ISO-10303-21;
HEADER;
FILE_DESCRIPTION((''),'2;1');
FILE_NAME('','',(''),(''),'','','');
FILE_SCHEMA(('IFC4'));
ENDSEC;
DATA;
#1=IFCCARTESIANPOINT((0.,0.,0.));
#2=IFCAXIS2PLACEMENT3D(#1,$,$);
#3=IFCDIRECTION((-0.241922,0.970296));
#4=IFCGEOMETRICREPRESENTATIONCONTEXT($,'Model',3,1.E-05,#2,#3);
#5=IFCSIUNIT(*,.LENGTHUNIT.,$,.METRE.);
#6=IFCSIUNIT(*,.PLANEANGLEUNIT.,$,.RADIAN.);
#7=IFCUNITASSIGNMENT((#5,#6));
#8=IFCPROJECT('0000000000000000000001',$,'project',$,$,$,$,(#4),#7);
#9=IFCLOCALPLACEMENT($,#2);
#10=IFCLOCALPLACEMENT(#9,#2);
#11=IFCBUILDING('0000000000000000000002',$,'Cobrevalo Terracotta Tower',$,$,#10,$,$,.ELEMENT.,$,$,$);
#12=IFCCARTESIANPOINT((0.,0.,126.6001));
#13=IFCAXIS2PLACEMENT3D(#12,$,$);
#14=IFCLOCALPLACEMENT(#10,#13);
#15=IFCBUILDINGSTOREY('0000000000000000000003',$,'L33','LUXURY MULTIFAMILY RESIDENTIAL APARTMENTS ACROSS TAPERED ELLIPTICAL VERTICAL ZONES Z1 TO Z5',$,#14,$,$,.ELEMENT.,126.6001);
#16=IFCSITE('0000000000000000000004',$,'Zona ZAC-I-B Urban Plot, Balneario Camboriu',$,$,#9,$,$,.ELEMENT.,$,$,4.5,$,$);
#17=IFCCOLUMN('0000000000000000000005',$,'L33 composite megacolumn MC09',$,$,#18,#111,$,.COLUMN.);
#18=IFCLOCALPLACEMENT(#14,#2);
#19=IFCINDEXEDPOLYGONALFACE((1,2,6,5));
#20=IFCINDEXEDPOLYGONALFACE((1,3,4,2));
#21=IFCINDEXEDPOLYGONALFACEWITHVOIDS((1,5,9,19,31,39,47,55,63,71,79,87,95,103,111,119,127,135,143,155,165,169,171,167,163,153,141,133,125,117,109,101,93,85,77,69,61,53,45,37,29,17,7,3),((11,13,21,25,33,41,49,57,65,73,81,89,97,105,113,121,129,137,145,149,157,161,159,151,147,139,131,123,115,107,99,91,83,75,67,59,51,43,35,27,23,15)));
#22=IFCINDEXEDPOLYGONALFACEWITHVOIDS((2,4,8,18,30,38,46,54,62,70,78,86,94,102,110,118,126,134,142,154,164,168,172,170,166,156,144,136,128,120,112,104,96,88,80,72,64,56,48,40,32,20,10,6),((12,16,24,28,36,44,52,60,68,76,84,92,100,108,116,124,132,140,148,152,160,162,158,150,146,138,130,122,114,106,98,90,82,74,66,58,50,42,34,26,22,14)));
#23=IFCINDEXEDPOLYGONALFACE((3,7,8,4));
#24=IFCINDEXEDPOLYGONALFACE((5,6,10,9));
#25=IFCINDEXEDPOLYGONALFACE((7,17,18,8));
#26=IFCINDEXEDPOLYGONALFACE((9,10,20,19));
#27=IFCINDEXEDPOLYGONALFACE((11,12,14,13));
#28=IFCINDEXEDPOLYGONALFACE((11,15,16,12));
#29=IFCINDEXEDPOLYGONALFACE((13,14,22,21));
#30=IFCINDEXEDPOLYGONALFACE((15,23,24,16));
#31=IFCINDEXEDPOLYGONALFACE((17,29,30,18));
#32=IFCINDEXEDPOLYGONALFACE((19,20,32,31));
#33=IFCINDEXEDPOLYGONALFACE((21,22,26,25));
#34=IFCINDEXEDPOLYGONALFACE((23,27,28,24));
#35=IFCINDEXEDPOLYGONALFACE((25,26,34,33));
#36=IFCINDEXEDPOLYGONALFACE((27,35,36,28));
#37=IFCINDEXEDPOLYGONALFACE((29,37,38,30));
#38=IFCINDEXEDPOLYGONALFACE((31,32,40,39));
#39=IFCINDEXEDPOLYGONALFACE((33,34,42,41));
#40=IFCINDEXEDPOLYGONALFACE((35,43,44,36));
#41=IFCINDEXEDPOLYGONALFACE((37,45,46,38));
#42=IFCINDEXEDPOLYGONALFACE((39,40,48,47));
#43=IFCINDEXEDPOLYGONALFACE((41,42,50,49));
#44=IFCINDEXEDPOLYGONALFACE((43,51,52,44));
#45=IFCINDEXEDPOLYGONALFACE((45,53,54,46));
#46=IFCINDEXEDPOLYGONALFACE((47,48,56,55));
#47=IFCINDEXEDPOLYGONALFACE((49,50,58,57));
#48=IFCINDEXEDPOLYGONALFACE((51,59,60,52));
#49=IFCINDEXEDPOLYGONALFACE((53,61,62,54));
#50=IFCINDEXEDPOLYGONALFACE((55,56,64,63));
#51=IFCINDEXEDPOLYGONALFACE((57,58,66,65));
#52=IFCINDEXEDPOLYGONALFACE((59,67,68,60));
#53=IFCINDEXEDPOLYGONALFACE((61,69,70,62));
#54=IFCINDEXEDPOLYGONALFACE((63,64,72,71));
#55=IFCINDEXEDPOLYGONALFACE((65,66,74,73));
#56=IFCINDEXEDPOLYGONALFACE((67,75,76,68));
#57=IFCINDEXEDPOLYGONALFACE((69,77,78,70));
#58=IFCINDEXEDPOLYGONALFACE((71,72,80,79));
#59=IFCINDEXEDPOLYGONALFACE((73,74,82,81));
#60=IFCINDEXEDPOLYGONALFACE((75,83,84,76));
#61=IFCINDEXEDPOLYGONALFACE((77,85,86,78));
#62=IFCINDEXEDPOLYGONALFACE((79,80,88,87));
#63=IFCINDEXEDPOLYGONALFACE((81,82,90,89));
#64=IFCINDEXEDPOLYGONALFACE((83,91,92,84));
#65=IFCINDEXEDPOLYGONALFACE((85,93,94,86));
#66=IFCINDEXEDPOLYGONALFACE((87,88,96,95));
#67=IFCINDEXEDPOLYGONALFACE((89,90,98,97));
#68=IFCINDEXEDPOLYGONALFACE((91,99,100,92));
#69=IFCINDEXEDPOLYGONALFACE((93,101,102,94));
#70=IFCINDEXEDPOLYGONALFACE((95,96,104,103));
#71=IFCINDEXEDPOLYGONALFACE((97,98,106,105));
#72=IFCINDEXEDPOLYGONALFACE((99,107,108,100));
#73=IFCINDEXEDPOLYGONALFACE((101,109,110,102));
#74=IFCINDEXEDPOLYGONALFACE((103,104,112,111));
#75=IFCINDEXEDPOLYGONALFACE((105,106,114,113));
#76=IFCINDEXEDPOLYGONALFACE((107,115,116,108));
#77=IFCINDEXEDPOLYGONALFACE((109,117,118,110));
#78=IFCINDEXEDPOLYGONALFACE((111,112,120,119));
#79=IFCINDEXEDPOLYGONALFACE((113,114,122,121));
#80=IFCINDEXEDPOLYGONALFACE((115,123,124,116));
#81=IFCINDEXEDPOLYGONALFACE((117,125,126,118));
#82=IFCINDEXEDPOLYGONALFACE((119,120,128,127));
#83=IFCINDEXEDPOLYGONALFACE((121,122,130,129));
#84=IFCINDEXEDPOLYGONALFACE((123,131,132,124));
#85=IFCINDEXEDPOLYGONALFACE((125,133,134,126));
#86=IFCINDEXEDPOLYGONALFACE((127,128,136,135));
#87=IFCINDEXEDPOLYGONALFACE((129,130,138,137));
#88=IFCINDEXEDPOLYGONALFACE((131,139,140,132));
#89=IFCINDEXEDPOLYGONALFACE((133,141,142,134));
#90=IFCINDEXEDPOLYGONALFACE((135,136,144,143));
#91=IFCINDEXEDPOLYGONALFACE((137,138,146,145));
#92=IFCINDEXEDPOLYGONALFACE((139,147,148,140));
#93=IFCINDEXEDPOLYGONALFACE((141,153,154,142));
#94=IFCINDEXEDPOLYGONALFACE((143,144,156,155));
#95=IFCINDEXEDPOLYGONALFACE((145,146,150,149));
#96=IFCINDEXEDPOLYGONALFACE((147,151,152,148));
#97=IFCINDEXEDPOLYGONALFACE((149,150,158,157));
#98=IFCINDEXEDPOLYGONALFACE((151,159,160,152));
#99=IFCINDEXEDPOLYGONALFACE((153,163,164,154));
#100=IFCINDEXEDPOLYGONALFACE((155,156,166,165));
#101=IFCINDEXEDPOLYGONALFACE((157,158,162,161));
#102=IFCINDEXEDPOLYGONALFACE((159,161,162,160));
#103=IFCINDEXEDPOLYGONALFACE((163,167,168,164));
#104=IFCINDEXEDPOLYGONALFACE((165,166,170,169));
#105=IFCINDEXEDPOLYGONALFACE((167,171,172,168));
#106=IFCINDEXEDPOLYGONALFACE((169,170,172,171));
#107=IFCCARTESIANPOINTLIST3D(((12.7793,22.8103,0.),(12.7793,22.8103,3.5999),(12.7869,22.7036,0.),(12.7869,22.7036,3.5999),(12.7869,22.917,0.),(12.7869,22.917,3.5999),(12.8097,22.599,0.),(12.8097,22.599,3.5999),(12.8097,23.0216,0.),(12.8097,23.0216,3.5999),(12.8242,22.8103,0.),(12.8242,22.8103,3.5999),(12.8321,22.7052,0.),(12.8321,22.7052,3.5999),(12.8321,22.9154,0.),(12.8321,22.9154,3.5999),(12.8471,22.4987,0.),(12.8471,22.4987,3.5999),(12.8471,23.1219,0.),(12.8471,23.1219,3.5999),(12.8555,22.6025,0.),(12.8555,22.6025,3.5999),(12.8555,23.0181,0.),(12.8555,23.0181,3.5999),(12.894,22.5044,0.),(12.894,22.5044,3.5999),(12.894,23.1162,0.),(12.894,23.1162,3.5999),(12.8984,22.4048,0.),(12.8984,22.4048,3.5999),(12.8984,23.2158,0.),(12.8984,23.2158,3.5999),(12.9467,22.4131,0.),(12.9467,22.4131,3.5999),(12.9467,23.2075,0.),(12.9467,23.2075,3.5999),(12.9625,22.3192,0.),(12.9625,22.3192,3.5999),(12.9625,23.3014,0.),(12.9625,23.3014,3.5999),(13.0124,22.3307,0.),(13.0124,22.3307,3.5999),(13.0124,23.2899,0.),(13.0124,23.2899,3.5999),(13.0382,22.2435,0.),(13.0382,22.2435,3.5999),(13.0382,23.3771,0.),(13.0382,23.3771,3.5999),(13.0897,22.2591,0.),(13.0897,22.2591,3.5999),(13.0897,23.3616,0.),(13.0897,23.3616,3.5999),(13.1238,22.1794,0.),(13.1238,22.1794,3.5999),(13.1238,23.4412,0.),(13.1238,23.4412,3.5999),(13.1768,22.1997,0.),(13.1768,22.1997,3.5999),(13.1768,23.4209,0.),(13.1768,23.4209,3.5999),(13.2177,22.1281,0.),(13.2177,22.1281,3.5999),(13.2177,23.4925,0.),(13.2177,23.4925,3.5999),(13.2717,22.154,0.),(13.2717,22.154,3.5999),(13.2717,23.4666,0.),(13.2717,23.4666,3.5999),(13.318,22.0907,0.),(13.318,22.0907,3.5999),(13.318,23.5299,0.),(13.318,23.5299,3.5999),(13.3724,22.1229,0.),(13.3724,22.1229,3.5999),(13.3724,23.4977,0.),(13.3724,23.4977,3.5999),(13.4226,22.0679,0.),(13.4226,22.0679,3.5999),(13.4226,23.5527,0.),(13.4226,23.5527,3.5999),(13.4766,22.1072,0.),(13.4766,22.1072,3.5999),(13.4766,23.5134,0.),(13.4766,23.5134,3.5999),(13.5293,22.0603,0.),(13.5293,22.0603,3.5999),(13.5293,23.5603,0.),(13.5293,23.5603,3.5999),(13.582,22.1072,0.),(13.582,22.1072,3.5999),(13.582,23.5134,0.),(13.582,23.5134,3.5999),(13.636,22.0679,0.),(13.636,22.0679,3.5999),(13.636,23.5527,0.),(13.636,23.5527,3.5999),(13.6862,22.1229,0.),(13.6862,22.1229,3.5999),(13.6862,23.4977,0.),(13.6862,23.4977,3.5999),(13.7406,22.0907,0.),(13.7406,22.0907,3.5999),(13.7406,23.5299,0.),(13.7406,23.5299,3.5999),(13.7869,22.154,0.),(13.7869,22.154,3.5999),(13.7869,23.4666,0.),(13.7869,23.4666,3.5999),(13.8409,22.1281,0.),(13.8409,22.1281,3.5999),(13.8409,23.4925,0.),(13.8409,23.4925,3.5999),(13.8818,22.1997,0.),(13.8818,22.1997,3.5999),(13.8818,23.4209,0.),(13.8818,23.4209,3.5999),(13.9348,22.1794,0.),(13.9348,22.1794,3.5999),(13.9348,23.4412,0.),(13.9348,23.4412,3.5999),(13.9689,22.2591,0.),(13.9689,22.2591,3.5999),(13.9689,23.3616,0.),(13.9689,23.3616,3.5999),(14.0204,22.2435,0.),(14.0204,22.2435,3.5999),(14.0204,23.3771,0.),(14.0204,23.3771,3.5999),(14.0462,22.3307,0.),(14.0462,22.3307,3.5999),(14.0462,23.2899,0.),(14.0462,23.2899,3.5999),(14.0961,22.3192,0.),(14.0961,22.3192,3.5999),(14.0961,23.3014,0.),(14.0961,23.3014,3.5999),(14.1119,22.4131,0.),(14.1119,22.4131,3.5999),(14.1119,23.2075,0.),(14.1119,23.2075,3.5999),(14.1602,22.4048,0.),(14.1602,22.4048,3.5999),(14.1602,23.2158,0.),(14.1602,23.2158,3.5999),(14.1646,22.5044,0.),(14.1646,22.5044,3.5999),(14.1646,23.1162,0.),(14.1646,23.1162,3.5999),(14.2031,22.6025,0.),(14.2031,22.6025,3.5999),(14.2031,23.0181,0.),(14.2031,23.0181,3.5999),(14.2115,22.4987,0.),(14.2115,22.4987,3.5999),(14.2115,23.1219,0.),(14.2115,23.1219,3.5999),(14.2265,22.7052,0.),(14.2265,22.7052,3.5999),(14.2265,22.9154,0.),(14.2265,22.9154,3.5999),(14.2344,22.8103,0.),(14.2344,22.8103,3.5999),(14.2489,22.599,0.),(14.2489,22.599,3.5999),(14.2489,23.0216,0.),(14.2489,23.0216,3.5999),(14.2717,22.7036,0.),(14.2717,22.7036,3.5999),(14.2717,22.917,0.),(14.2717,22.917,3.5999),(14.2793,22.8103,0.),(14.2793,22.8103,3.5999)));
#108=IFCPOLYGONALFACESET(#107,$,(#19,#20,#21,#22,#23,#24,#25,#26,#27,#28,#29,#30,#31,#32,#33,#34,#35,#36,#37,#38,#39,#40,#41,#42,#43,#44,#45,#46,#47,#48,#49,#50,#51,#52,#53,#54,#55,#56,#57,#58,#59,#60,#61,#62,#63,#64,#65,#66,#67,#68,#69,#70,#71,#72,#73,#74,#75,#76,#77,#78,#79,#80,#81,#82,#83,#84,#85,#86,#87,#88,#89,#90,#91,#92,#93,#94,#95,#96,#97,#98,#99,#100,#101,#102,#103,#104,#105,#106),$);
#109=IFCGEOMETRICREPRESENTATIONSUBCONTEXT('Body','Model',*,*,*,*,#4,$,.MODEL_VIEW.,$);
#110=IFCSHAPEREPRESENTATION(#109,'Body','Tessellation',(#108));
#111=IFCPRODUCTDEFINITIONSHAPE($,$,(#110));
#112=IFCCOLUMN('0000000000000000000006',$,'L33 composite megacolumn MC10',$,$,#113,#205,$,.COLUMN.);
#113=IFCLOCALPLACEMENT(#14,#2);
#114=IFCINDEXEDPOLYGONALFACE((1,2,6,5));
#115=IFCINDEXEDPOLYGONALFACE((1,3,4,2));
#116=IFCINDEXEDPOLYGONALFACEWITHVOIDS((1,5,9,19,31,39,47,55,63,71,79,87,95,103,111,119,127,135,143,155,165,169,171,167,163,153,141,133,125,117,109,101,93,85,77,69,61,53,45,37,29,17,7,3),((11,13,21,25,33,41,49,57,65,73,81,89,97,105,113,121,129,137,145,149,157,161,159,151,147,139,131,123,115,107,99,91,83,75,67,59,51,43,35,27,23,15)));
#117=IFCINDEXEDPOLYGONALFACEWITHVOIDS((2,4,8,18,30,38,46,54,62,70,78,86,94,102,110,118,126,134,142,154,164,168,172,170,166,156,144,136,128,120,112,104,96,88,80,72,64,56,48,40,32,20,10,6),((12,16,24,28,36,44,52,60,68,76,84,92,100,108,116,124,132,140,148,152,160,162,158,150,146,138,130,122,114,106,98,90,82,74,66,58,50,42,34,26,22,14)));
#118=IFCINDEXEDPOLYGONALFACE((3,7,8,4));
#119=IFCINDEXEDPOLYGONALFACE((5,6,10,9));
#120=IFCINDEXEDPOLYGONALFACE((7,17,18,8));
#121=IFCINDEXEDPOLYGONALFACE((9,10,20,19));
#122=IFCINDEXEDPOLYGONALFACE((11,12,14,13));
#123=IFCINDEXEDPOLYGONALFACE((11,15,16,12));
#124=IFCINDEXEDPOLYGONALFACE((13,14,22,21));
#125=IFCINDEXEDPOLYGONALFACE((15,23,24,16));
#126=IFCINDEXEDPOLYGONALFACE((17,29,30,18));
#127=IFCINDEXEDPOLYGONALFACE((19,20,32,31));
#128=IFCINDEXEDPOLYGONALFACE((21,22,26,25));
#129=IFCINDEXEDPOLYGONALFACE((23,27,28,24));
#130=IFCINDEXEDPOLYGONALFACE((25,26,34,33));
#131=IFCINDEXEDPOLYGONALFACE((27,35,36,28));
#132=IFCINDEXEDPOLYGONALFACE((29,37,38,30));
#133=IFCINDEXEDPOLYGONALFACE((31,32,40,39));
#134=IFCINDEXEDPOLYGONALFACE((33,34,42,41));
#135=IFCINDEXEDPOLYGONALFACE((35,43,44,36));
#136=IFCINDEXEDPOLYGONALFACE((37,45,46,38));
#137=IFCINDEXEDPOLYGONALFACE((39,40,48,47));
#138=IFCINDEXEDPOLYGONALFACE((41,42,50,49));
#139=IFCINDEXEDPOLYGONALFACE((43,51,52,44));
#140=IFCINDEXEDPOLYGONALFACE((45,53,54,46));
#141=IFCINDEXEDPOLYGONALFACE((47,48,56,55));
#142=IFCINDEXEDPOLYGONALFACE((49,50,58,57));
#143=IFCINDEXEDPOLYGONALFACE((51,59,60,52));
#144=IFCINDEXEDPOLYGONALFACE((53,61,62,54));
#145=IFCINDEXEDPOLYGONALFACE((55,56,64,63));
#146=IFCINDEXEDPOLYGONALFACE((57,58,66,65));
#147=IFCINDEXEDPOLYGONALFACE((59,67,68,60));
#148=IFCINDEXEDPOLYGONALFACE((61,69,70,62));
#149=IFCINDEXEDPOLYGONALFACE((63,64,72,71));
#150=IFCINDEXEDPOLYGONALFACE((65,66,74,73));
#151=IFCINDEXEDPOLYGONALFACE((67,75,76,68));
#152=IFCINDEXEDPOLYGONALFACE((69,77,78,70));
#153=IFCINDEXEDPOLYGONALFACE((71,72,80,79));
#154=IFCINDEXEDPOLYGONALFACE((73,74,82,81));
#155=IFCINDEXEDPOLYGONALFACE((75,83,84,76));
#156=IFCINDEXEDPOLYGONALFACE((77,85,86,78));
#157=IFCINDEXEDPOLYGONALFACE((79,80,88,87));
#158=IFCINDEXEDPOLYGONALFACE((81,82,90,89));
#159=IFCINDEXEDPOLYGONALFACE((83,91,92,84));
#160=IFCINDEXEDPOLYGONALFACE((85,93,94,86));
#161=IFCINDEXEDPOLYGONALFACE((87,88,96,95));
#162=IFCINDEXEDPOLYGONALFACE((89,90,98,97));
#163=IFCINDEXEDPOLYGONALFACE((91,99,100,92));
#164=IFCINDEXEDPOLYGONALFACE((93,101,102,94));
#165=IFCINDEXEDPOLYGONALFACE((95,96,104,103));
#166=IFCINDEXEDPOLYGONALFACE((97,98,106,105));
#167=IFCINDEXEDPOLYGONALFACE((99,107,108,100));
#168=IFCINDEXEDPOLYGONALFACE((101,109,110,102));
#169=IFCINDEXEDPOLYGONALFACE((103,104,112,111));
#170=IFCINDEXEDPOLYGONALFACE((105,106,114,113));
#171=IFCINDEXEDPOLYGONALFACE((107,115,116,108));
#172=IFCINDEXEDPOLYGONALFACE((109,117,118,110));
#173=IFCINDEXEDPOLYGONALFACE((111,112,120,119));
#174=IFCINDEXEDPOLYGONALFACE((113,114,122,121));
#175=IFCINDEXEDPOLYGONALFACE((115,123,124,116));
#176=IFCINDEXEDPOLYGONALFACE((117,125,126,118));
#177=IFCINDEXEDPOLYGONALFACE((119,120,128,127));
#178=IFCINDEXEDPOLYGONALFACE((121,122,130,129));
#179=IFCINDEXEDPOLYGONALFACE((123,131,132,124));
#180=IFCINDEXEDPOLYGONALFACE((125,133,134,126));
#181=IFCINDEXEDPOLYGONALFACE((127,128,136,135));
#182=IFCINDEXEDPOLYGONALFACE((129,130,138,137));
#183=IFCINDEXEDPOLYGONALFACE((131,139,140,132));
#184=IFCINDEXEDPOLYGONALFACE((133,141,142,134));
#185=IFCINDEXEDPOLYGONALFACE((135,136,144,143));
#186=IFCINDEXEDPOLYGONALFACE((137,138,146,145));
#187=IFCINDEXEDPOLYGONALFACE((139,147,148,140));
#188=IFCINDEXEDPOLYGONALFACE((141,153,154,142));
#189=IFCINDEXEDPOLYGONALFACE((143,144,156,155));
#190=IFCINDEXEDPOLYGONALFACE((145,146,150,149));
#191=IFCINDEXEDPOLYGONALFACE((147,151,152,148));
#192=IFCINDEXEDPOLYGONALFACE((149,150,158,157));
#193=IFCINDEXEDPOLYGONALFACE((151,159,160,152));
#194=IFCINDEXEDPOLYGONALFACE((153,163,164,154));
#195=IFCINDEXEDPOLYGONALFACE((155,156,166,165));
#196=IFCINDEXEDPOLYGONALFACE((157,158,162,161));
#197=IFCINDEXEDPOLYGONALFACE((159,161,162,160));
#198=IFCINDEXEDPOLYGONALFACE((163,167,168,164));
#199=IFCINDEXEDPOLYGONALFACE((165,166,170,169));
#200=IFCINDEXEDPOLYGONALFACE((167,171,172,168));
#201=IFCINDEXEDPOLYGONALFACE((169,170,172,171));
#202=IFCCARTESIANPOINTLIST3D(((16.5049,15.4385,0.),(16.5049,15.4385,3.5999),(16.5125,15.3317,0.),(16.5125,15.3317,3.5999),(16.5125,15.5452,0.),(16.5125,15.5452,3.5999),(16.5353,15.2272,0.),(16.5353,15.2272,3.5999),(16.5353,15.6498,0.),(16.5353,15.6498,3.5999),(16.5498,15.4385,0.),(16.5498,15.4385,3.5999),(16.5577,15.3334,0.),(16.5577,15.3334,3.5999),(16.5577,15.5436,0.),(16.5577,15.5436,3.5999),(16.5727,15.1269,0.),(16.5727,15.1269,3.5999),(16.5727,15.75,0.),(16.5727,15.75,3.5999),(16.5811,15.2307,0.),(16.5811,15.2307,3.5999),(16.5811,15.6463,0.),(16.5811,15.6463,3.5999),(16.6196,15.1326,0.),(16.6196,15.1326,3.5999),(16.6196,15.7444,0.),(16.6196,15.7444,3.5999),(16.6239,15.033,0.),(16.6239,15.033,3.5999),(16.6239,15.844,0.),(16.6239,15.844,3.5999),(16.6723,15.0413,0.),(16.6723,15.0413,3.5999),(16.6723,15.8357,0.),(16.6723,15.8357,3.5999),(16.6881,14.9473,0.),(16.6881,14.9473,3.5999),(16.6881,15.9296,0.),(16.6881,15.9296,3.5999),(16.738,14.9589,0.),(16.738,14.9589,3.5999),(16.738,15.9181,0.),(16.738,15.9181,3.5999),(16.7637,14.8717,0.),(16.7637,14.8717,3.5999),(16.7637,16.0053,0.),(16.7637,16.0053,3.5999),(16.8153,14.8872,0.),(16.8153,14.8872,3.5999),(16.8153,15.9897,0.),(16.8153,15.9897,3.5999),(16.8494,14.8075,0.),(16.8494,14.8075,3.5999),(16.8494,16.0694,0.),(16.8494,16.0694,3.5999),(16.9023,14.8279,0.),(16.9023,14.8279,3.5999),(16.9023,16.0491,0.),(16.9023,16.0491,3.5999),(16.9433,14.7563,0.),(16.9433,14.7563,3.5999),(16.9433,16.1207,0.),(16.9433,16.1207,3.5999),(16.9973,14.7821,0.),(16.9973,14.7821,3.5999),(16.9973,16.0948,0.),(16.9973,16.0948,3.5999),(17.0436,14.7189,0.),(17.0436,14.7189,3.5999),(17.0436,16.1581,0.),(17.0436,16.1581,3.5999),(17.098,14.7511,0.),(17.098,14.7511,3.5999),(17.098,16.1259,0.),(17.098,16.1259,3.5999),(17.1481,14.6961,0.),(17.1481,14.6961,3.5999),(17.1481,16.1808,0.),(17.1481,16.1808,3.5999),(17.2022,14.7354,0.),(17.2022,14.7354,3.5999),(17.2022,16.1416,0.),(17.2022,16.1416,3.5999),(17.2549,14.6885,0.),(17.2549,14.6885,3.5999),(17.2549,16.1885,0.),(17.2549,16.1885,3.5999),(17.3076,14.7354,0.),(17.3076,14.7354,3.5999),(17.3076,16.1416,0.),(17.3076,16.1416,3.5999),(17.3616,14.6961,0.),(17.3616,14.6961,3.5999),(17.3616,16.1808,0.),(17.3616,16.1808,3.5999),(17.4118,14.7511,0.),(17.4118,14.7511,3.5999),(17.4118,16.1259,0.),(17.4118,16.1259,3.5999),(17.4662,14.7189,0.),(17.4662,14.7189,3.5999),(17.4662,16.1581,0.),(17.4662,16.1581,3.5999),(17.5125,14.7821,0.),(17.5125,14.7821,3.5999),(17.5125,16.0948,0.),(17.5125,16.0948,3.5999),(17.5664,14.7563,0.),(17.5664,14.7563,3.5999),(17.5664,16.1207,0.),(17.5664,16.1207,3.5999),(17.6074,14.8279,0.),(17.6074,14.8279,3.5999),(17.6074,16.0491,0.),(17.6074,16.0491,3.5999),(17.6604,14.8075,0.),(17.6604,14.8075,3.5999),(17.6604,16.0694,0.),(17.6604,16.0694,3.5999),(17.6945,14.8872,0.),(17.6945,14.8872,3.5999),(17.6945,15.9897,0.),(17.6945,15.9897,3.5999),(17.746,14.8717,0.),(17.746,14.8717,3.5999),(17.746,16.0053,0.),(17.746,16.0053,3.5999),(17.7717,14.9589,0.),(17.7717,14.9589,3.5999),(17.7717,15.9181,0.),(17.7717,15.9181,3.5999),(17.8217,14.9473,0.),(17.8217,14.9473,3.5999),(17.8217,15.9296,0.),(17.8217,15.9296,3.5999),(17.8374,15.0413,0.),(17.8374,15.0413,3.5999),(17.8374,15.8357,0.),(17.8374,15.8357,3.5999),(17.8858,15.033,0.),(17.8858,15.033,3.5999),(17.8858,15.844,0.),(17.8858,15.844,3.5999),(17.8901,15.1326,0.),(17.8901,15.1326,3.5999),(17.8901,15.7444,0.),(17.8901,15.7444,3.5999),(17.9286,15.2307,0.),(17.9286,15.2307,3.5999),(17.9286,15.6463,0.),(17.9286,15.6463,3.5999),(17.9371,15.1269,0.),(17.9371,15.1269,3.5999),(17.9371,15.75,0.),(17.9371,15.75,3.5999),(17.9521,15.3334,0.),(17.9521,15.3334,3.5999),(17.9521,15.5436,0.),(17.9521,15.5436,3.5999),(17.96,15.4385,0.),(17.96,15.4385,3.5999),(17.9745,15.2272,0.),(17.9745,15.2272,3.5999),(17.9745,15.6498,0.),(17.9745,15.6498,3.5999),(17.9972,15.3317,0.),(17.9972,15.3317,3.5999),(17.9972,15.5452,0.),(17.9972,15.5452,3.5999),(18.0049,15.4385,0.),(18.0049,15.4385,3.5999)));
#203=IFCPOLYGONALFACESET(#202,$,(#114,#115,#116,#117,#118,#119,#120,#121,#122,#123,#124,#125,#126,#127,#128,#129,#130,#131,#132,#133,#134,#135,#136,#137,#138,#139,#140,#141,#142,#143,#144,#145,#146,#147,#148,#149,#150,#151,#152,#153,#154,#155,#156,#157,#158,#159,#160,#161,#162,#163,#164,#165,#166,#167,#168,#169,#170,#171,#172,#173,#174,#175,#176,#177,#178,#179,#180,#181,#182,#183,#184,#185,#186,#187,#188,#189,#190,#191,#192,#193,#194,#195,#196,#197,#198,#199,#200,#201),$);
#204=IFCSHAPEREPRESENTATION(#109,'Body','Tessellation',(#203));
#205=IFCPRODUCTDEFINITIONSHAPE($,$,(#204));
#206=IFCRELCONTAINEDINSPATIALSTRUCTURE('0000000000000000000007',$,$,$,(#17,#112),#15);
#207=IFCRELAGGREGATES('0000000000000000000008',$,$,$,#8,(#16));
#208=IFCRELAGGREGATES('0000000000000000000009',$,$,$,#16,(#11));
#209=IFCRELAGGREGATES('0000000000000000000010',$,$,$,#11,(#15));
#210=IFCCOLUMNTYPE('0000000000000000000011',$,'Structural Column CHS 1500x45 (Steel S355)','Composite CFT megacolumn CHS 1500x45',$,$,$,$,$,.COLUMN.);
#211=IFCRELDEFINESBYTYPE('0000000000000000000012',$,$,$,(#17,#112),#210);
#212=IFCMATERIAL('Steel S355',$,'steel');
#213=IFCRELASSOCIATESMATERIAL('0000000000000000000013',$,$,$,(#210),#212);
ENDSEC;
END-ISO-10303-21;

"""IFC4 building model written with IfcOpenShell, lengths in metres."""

from ifc_helpers import new_model, si_unit, direction, frame, origin, origin_2d, place, context, subcontext, project, spatial, hollow_circle, extrude, material, material_profile, profile_set, type_object, element, save


model = new_model("IFC4")

# Units and contexts
model_context = context("Model", 3, precision=1e-05, world=origin(), true_north=direction((-0.241922, 0.970296)))
body_context = subcontext(model_context, "Body", "Model", "MODEL_VIEW")
ifc_project = project(units=[si_unit("LENGTHUNIT", "METRE"), si_unit("PLANEANGLEUNIT", "RADIAN")], contexts=[model_context])

# Site, building, storey
site_placement = place(None, origin())
site = spatial("IfcSite", under=ifc_project, at=site_placement, Name="Zona ZAC-I-B Urban Plot, Balneario Camboriu", CompositionType="ELEMENT", RefElevation=4.5)
building_placement = place(site_placement, origin())
building = spatial("IfcBuilding", under=site, at=building_placement, Name="Cobrevalo Terracotta Tower", CompositionType="ELEMENT")
storey_placement = place(building_placement, frame((0.0, 0.0, 126.6001)))
storey = spatial("IfcBuildingStorey", under=building, at=storey_placement, Name="L33", Description="LUXURY MULTIFAMILY RESIDENTIAL APARTMENTS ACROSS TAPERED ELLIPTICAL VERTICAL ZONES Z1 TO Z5", CompositionType="ELEMENT", Elevation=126.6001)

# Columns
ifc_material_1 = material(Name="Steel S355", Category="steel")
ifc_material_profile_1 = material_profile(ifc_material_1, hollow_circle(Radius=0.75, WallThickness=0.0449, at=origin_2d()), Name="CHS 1500x45")
ifc_profile_set_1 = profile_set([ifc_material_profile_1], Name="Steel S355")
column_type = type_object("IfcColumnType", Name="Structural Column CHS 1500x45 (Steel S355)", Description="Composite CFT megacolumn CHS 1500x45", PredefinedType="COLUMN", material=ifc_profile_set_1)
for number, where, z_axis, x_axis, name in (
    (1, (13.5293, 22.8103, 0.0), (0.0, 0.0, 1.0), (1.0, 0.0, 0.0), "L33 composite megacolumn MC09"),
    (2, (17.2549, 15.4385, 0.0), (0.0, 0.0, 1.0), (1.0, 0.0, 0.0), "L33 composite megacolumn MC10"),
):
    element("IfcColumn", number, at=place(storey_placement, frame(where, z_axis=z_axis, x_axis=x_axis)), inside=storey, type_object=column_type, Name=name, PredefinedType="COLUMN", context=body_context, shape_type="SweptSolid", body=[
        extrude(hollow_circle(Radius=0.75, WallThickness=0.0449, at=origin_2d()), origin(), (0.0, 0.0, 1.0), 3.5999),
    ])

save(model, "model.ifc")
